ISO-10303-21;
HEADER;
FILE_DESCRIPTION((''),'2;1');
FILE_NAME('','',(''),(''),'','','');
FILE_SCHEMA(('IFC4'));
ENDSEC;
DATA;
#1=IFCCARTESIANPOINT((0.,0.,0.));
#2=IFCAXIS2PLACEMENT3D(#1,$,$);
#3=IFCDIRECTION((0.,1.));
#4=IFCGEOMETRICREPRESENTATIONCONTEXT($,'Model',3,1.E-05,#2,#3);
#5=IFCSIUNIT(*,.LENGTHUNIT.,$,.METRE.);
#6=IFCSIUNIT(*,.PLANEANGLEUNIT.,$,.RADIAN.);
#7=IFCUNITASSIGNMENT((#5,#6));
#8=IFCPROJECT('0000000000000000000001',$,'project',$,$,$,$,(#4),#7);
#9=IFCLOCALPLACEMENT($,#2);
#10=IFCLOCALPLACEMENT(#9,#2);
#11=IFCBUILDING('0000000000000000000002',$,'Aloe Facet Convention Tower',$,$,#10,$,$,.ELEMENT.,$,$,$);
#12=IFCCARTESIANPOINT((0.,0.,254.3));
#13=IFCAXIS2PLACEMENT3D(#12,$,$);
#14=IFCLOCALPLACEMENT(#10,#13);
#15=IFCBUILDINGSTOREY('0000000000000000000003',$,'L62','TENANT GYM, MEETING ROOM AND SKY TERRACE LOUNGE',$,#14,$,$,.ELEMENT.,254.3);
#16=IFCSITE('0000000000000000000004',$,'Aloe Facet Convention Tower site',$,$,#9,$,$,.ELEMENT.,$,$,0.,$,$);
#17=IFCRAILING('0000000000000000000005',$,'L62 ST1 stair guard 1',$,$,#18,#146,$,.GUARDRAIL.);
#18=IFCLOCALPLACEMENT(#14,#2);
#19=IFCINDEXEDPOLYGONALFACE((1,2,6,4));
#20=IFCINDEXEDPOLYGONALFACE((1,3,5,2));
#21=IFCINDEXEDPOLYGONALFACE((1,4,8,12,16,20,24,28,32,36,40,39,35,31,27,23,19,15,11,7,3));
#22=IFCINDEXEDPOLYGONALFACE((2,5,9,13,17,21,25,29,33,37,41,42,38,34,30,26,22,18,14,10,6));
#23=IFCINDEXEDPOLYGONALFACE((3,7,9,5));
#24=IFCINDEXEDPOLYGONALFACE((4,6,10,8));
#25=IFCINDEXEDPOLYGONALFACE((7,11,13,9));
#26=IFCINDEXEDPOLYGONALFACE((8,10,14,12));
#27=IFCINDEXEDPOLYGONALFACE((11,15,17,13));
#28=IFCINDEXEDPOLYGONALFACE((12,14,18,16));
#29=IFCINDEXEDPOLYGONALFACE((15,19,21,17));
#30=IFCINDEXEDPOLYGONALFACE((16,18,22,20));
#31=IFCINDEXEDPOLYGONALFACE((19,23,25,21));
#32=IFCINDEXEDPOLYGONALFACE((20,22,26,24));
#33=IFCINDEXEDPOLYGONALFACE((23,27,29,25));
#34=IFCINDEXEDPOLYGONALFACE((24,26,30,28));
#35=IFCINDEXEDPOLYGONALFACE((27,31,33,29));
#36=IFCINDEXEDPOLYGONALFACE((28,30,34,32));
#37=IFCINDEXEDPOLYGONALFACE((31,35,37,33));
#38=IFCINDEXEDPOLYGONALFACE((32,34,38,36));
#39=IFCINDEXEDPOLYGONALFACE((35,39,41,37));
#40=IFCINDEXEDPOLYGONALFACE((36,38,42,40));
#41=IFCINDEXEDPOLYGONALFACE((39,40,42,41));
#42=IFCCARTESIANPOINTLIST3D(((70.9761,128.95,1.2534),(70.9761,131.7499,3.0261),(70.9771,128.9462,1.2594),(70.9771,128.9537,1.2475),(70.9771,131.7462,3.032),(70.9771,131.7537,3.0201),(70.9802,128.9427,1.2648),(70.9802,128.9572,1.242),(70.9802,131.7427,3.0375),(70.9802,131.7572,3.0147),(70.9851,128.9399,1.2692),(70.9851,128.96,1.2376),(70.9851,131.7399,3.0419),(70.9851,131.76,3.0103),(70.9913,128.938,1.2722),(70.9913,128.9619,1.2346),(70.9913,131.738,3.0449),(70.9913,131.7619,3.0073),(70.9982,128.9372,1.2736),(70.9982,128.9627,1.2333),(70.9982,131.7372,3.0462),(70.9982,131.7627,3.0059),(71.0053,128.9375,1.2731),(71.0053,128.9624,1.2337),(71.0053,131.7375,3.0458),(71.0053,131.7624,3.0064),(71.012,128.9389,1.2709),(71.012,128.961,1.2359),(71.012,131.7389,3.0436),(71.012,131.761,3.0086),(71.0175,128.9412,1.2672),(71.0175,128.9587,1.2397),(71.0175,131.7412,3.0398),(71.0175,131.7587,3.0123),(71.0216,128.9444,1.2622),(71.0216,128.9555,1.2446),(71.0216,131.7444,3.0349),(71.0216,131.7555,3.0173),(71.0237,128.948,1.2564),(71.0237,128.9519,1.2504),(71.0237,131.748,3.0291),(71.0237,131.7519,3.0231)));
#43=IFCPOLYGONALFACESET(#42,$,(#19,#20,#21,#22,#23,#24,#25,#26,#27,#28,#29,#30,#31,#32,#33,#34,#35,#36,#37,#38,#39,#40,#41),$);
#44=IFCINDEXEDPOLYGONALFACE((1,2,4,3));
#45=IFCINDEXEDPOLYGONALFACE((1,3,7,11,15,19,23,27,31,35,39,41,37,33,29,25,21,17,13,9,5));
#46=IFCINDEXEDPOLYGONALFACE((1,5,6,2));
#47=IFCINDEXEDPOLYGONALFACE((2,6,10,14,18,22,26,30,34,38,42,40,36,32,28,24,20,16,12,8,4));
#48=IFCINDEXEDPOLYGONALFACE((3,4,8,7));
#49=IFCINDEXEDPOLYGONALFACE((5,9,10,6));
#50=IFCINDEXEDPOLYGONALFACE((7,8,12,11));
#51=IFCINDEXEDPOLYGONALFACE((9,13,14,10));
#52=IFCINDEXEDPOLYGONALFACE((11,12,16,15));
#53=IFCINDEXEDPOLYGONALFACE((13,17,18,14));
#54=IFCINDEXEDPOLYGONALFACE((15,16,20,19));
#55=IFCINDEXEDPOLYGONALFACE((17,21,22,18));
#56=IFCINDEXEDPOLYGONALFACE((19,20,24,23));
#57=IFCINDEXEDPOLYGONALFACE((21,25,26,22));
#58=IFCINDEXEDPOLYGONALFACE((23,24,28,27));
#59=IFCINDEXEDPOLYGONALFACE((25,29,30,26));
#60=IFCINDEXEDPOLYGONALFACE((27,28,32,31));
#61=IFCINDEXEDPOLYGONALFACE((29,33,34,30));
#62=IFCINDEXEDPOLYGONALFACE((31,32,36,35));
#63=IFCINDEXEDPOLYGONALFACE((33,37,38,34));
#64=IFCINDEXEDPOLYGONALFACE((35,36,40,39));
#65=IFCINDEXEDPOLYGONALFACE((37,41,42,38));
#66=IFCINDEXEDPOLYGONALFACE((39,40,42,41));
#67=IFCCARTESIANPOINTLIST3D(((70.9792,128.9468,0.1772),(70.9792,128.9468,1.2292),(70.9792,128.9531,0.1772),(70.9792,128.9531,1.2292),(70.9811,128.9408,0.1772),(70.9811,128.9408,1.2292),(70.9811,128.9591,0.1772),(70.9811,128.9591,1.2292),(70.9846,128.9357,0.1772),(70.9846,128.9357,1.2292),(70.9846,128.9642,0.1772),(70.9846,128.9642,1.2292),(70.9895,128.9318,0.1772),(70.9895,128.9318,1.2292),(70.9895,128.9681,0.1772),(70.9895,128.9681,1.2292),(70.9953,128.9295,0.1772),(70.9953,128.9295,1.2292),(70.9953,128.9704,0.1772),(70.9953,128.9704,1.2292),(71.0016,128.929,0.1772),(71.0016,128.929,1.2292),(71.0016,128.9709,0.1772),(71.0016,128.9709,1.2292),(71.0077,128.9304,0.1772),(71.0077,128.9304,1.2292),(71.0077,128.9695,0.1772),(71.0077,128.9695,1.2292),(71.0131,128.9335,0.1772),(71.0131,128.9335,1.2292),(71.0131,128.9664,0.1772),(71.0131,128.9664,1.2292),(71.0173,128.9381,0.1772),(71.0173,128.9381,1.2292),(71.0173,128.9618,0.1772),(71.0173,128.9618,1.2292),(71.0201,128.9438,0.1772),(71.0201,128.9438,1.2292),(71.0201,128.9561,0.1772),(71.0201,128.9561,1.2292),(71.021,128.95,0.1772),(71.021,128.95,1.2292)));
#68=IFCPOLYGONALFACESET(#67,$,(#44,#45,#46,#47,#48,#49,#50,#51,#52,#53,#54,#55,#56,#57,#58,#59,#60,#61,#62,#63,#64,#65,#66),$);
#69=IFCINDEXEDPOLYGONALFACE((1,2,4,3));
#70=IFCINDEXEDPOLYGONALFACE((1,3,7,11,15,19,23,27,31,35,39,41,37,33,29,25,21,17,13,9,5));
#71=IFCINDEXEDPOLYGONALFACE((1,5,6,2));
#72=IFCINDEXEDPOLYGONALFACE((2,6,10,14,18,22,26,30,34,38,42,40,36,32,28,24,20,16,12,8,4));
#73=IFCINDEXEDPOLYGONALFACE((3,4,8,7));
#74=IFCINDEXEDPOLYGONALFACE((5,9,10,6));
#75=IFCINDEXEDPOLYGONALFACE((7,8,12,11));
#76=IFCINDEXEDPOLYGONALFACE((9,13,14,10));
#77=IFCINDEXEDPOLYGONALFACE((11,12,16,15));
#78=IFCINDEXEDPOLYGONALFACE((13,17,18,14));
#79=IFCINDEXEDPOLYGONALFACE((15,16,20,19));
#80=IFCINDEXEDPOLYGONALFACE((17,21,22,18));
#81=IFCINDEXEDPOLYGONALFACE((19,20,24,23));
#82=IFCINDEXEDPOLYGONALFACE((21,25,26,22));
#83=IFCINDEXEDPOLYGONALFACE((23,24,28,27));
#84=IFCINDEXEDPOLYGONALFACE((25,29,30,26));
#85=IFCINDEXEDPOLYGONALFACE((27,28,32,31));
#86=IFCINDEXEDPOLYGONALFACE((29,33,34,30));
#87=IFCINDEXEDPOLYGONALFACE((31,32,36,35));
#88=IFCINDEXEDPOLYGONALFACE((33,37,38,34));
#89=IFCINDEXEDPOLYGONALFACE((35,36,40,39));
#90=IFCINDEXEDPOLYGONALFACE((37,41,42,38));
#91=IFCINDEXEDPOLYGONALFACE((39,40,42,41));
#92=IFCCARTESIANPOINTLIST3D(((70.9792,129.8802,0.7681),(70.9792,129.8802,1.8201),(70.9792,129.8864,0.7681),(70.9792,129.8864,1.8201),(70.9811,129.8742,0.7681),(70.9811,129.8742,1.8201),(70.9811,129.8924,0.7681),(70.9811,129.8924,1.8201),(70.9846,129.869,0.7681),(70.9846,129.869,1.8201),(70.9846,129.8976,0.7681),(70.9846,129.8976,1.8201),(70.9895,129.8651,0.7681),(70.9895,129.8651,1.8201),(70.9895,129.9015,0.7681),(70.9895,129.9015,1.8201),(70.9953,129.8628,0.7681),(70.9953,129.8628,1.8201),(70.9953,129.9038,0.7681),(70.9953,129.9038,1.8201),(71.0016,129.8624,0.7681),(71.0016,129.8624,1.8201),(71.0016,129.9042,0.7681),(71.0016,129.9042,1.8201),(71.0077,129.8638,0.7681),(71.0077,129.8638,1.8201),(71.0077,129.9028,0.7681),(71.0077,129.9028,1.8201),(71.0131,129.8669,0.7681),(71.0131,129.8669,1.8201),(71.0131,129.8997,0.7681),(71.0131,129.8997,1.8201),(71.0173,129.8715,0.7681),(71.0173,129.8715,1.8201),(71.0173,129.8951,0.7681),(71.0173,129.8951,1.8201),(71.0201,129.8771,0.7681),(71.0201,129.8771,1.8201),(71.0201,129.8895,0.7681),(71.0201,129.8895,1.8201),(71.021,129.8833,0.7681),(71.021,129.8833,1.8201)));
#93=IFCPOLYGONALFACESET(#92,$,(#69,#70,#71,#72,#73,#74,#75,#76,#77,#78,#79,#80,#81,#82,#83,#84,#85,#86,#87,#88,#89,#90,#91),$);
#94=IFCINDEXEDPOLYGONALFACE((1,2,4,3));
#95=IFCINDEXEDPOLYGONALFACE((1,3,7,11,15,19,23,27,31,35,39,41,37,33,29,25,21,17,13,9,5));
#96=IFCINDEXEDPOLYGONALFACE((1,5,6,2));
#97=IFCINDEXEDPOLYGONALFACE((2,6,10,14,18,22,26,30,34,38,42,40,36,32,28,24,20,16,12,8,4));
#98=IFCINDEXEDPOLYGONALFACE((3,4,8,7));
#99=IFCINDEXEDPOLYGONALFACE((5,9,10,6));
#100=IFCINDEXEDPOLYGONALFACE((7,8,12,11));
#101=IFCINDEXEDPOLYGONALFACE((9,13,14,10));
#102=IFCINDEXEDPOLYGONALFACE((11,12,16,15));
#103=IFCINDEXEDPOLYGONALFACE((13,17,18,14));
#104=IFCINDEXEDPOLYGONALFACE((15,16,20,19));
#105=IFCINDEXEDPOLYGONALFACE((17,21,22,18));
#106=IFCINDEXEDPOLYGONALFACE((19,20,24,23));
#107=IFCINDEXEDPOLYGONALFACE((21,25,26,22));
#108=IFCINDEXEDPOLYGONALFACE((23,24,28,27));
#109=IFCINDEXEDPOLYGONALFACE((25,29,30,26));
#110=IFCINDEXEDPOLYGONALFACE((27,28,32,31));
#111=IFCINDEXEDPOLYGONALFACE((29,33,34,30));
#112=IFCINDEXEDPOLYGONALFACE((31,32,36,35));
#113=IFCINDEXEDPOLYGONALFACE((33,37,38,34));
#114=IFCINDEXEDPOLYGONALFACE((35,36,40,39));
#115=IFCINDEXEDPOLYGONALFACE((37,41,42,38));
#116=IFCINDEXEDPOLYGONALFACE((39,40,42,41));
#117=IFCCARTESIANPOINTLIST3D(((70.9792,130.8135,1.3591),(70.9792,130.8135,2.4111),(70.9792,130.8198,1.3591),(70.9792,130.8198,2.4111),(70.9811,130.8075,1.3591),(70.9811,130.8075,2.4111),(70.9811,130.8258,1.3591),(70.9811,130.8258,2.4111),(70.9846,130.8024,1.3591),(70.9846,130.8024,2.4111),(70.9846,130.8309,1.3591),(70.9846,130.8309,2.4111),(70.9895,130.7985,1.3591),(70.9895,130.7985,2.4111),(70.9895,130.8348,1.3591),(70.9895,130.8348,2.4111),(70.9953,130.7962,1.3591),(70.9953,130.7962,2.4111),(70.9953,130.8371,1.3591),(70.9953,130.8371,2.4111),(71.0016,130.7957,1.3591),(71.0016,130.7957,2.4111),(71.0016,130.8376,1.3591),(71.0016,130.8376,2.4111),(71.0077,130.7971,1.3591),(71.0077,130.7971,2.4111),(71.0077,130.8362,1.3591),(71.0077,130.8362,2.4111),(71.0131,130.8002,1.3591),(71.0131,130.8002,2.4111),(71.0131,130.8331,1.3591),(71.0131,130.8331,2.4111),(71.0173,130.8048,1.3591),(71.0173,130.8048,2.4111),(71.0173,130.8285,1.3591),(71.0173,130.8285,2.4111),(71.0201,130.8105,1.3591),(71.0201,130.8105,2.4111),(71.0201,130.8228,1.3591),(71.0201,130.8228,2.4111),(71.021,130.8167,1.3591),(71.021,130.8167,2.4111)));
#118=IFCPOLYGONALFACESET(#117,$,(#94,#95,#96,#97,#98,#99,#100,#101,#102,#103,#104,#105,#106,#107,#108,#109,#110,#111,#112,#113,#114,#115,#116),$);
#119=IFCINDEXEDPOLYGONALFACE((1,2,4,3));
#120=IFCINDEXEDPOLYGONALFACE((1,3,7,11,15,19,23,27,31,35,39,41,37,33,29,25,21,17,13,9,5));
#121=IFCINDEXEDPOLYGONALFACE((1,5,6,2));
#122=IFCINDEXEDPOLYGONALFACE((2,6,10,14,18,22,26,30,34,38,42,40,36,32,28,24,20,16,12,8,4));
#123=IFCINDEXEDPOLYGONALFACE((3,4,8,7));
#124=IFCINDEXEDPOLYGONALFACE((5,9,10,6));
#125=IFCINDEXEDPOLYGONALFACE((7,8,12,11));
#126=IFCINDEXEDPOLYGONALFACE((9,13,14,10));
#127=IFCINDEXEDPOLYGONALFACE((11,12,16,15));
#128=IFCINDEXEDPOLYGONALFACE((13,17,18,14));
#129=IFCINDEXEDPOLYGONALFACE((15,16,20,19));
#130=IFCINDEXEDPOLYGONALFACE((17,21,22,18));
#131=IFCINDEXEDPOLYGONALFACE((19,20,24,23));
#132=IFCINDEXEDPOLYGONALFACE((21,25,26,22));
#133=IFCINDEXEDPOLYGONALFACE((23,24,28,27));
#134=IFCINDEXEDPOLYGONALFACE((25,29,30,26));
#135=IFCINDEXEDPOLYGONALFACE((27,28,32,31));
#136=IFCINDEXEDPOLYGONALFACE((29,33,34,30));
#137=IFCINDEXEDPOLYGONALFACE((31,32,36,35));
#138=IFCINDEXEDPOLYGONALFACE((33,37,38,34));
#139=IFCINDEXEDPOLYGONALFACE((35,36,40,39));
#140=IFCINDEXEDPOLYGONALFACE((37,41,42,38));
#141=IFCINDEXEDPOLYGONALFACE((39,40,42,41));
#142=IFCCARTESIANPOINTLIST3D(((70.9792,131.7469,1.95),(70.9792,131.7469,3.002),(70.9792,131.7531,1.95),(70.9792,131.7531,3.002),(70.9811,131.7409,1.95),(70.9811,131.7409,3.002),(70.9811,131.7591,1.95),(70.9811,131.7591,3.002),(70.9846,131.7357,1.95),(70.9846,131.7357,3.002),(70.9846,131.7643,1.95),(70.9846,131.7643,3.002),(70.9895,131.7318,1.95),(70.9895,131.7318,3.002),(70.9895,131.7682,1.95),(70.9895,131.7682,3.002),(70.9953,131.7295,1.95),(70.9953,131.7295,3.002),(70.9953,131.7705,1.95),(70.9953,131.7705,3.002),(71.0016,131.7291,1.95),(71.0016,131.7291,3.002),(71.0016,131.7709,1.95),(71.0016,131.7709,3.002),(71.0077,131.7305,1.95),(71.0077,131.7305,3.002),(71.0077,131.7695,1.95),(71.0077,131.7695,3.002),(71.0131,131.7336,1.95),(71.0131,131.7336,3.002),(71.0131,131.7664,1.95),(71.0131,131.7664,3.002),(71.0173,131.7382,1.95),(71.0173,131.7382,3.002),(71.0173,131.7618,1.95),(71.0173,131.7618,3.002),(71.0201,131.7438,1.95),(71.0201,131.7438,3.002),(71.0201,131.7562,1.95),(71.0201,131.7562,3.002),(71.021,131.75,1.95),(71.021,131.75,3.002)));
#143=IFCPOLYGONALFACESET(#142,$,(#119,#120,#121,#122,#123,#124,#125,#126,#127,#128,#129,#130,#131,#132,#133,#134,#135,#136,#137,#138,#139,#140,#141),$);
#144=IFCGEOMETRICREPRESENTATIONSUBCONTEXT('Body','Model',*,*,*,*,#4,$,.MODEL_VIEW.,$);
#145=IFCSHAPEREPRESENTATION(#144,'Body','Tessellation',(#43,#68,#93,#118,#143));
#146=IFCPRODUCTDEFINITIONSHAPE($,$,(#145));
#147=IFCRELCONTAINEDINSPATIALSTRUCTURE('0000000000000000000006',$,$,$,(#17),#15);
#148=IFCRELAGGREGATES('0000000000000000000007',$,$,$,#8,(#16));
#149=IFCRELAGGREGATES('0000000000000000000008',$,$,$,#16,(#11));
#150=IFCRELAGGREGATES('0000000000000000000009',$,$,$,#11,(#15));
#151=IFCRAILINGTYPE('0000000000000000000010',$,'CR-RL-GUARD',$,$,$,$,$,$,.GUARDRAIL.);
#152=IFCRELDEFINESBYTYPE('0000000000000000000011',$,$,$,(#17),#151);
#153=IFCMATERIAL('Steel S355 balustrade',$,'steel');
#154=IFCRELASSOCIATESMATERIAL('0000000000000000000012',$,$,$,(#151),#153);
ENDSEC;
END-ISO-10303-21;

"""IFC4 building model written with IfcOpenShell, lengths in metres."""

from ifc_helpers import new_model, si_unit, direction, frame, origin, origin_2d, place, context, subcontext, project, spatial, circle, extrude, material, type_object, element, save


model = new_model("IFC4")

# Units and contexts
model_context = context("Model", 3, precision=1e-05, world=origin(), true_north=direction((0.0, 1.0)))
body_context = subcontext(model_context, "Body", "Model", "MODEL_VIEW")
ifc_project = project(units=[si_unit("LENGTHUNIT", "METRE"), si_unit("PLANEANGLEUNIT", "RADIAN")], contexts=[model_context])

# Site, building, storey
site_placement = place(None, origin())
site = spatial("IfcSite", under=ifc_project, at=site_placement, Name="Aloe Facet Convention Tower site", CompositionType="ELEMENT", RefElevation=0.0)
building_placement = place(site_placement, origin())
building = spatial("IfcBuilding", under=site, at=building_placement, Name="Aloe Facet Convention Tower", CompositionType="ELEMENT")
storey_placement = place(building_placement, frame((0.0, 0.0, 254.3)))
storey = spatial("IfcBuildingStorey", under=building, at=storey_placement, Name="L62", Description="TENANT GYM, MEETING ROOM AND SKY TERRACE LOUNGE", CompositionType="ELEMENT", Elevation=254.3)

# Railing
ifc_material_1 = material(Name="Steel S355 balustrade", Category="steel")
railing_type_1 = type_object("IfcRailingType", Name="CR-RL-GUARD", PredefinedType="GUARDRAIL", material=ifc_material_1)
railing_1_placement = place(storey_placement, frame((71.0, 128.95, 0.1772)))
element("IfcRailing", 1, at=railing_1_placement, inside=storey, type_object=railing_type_1, Name="L62 ST1 stair guard 1", PredefinedType="GUARDRAIL", context=body_context, shape_type="SweptSolid", body=[
    extrude(circle(Radius=0.0239, at=origin_2d()), frame((0.0, 0.0, 1.0762), z_axis=(0.0, 0.844909, 0.53491), x_axis=(-1.0, 0.0, 0.0)), (0.0, 0.0, 1.0), 3.314),
    extrude(circle(Radius=0.021, at=origin_2d()), origin(), (0.0, 0.0, 1.0), 1.052),
    extrude(circle(Radius=0.021, at=origin_2d()), frame((0.0, 0.9333, 0.5908)), (0.0, 0.0, 1.0), 1.052),
    extrude(circle(Radius=0.021, at=origin_2d()), frame((0.0, 1.8667, 1.1819)), (0.0, 0.0, 1.0), 1.052),
    extrude(circle(Radius=0.021, at=origin_2d()), frame((0.0, 2.8, 1.7727)), (0.0, 0.0, 1.0), 1.052),
])

save(model, "model.ifc")
